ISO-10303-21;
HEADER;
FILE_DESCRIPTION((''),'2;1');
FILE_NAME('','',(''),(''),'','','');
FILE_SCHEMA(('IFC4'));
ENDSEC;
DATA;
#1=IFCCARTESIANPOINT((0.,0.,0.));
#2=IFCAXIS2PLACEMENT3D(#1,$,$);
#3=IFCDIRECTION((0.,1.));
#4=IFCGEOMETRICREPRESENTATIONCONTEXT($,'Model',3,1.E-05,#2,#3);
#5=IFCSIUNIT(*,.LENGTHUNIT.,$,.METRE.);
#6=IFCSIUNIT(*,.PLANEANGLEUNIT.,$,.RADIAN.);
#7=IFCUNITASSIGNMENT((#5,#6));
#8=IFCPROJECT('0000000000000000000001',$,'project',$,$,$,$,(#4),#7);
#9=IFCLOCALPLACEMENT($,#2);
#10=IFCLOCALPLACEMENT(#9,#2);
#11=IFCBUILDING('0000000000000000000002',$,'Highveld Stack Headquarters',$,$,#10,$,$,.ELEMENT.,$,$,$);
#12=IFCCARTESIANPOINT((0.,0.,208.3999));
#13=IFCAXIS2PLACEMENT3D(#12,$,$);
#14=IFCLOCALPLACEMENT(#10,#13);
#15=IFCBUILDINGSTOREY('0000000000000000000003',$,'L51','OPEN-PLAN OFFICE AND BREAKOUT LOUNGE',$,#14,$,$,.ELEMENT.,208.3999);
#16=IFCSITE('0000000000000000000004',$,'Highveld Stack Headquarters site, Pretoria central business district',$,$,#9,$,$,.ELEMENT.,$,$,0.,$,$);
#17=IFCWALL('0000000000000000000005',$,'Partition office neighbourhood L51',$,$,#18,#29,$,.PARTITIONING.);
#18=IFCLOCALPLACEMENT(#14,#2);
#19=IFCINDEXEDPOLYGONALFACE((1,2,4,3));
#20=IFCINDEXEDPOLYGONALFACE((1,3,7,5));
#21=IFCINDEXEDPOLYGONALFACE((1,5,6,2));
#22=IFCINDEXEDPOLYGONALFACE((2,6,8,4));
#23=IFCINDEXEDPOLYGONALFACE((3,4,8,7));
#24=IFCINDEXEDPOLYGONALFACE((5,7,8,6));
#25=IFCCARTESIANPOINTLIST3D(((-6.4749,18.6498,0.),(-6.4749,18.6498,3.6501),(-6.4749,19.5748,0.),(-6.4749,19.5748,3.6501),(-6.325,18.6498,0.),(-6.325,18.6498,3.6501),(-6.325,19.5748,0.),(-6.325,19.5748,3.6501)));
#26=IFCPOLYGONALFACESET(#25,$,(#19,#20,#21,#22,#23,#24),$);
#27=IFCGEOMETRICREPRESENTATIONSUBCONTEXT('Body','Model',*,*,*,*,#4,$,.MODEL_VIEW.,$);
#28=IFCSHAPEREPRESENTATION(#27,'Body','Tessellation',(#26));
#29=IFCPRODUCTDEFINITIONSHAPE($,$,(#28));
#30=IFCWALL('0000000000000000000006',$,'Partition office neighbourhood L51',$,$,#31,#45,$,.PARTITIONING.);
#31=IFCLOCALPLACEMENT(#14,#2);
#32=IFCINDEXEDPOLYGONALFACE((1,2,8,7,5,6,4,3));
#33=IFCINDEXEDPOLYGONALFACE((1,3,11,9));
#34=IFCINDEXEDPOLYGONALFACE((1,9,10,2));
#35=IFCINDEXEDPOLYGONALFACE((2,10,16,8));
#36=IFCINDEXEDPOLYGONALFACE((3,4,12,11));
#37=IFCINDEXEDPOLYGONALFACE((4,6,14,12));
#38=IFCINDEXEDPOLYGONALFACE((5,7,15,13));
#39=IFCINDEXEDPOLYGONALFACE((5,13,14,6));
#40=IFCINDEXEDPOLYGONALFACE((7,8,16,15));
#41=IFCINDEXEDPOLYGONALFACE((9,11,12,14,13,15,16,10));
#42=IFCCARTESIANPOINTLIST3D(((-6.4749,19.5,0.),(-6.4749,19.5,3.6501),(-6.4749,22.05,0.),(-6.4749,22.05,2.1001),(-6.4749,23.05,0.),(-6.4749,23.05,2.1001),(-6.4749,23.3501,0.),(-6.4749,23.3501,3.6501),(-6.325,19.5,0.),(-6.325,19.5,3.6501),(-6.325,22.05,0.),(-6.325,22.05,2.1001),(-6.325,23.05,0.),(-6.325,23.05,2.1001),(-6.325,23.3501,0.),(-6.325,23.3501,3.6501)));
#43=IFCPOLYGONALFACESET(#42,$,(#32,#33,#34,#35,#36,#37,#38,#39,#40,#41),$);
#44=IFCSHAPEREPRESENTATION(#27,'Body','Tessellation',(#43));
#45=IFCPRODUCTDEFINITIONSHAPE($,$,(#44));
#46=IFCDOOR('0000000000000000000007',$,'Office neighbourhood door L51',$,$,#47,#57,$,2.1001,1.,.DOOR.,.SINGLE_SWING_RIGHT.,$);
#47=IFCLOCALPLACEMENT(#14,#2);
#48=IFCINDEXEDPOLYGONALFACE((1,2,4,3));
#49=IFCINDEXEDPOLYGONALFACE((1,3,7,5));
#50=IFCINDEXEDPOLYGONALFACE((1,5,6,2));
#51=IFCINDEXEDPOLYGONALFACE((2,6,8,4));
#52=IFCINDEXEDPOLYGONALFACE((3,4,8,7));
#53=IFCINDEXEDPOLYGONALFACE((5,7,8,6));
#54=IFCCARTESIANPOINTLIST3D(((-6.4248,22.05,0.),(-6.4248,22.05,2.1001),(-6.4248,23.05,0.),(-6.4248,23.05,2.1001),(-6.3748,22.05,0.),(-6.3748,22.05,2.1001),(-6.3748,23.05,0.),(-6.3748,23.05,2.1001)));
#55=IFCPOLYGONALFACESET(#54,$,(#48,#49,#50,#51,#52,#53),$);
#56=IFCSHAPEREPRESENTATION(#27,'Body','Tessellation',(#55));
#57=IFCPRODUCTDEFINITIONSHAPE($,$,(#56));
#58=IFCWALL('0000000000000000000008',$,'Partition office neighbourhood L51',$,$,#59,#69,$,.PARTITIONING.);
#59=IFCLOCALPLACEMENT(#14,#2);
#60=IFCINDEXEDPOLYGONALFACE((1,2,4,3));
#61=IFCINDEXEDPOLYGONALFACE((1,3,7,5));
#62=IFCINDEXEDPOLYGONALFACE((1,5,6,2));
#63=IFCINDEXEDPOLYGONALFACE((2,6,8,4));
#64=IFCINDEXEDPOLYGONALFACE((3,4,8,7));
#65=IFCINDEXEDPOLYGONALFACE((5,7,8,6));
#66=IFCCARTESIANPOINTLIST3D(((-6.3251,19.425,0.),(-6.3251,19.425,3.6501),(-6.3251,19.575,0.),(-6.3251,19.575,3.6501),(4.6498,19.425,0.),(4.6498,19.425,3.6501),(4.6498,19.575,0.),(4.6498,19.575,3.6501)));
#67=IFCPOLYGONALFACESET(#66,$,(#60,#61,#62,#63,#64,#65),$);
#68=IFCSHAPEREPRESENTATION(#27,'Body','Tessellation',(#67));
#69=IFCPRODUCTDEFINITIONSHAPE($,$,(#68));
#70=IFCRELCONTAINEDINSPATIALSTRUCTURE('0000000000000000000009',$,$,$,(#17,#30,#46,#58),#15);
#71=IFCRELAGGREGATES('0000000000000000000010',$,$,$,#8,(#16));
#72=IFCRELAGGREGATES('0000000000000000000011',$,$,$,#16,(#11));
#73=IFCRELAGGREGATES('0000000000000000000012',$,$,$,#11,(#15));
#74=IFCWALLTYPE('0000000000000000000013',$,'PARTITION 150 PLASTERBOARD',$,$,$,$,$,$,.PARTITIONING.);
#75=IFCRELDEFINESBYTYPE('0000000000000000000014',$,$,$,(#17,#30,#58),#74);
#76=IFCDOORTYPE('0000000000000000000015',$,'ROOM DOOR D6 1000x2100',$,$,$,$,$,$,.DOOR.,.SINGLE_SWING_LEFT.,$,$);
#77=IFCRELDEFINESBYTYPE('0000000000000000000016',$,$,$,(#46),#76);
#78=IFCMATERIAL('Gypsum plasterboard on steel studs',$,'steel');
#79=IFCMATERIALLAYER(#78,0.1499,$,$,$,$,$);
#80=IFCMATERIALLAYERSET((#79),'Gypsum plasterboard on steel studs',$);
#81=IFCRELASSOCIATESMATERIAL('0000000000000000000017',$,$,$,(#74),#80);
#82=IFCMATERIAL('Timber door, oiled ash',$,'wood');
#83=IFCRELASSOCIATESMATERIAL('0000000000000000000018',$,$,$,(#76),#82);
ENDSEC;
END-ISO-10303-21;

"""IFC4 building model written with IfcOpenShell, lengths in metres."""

from ifc_helpers import new_model, si_unit, direction, frame, frame_2d, origin, place, context, subcontext, project, spatial, rectangle, extrude, material, layer, layer_set, type_object, element, fill, save


model = new_model("IFC4")

# Units and contexts
model_context = context("Model", 3, precision=1e-05, world=origin(), true_north=direction((0.0, 1.0)))
body_context = subcontext(model_context, "Body", "Model", "MODEL_VIEW")
ifc_project = project(units=[si_unit("LENGTHUNIT", "METRE"), si_unit("PLANEANGLEUNIT", "RADIAN")], contexts=[model_context])

# Site, building, storey
site_placement = place(None, origin())
site = spatial("IfcSite", under=ifc_project, at=site_placement, Name="Highveld Stack Headquarters site, Pretoria central business district", CompositionType="ELEMENT", RefElevation=0.0)
building_placement = place(site_placement, origin())
building = spatial("IfcBuilding", under=site, at=building_placement, Name="Highveld Stack Headquarters", CompositionType="ELEMENT")
storey_placement = place(building_placement, frame((0.0, 0.0, 208.3999)))
storey = spatial("IfcBuildingStorey", under=building, at=storey_placement, Name="L51", Description="OPEN-PLAN OFFICE AND BREAKOUT LOUNGE", CompositionType="ELEMENT", Elevation=208.3999)

# Shared definitions
ifc_material_1 = material(Name="Gypsum plasterboard on steel studs", Category="steel")
ifc_layer_1 = layer(ifc_material_1, 0.1499)
ifc_layer_set_1 = layer_set([ifc_layer_1], Name="Gypsum plasterboard on steel studs")
wall_type = type_object("IfcWallType", Name="PARTITION 150 PLASTERBOARD", PredefinedType="PARTITIONING", material=ifc_layer_set_1)

# Shared definitions
ifc_material_2 = material(Name="Timber door, oiled ash", Category="wood")
door_type = type_object("IfcDoorType", Name="ROOM DOOR D6 1000x2100", OperationType="SINGLE_SWING_LEFT", PredefinedType="DOOR", material=ifc_material_2)

# Wall
wall_1_placement = place(storey_placement, frame((-6.3999, 18.6499, 0.0), z_axis=(0.0, 0.0, 1.0), x_axis=(0.0, 1.0, 0.0)))
element("IfcWall", 1, at=wall_1_placement, inside=storey, type_object=wall_type, Name="Partition office neighbourhood L51", PredefinedType="PARTITIONING", context=body_context, shape_type="SweptSolid", body=[
    extrude(rectangle(XDim=0.925, YDim=0.1499, at=frame_2d((0.4624, 0.0))), origin(), (0.0, 0.0, 1.0), 3.6501),
])

# Wall, opening, door
wall_2_placement = place(storey_placement, frame((-6.3999, 19.5, 0.0), z_axis=(0.0, 0.0, 1.0), x_axis=(0.0, 1.0, 0.0)))
wall_2 = element("IfcWall", 2, at=wall_2_placement, inside=storey, type_object=wall_type, Name="Partition office neighbourhood L51", PredefinedType="PARTITIONING", context=body_context, shape_type="SweptSolid", body=[
    extrude(rectangle(XDim=3.8501, YDim=0.1499, at=frame_2d((1.925, 0.0))), origin(), (0.0, 0.0, 1.0), 3.6501),
])
opening_1_placement = place(wall_2_placement, frame((2.55, 0.0, 0.0)))
opening_1 = element("IfcOpeningElement", 3, at=opening_1_placement, cuts=wall_2, PredefinedType="OPENING", context=body_context, shape_type="SweptSolid", body=[
    extrude(rectangle(XDim=1.0, YDim=2.1001, at=frame_2d((0.5, 1.05))), frame((0.0, 0.085, 0.0), z_axis=(0.0, -1.0, 0.0), x_axis=(1.0, 0.0, 0.0)), (0.0, 0.0, 1.0), 0.1699),
])
door_1_placement = place(opening_1_placement, origin())
door_1 = element("IfcDoor", 4, at=door_1_placement, inside=storey, type_object=door_type, Name="Office neighbourhood door L51", OperationType="SINGLE_SWING_RIGHT", OverallHeight=2.1001, OverallWidth=1.0, PredefinedType="DOOR", context=body_context, shape_type="SweptSolid", body=[
    extrude(rectangle(XDim=1.0, YDim=2.1001, at=frame_2d((0.5, 1.05))), frame((0.0, 0.0249, 0.0), z_axis=(0.0, -1.0, 0.0), x_axis=(1.0, 0.0, 0.0)), (0.0, 0.0, 1.0), 0.05),
])
fill(opening_1, door_1)

# Wall
wall_3_placement = place(storey_placement, frame((-6.325, 19.5, 0.0), z_axis=(0.0, 0.0, 1.0), x_axis=(1.0, 0.0, 0.0)))
element("IfcWall", 5, at=wall_3_placement, inside=storey, type_object=wall_type, Name="Partition office neighbourhood L51", PredefinedType="PARTITIONING", context=body_context, shape_type="SweptSolid", body=[
    extrude(rectangle(XDim=10.9749, YDim=0.1499, at=frame_2d((5.4873, 0.0))), origin(), (0.0, 0.0, 1.0), 3.6501),
])

save(model, "model.ifc")
